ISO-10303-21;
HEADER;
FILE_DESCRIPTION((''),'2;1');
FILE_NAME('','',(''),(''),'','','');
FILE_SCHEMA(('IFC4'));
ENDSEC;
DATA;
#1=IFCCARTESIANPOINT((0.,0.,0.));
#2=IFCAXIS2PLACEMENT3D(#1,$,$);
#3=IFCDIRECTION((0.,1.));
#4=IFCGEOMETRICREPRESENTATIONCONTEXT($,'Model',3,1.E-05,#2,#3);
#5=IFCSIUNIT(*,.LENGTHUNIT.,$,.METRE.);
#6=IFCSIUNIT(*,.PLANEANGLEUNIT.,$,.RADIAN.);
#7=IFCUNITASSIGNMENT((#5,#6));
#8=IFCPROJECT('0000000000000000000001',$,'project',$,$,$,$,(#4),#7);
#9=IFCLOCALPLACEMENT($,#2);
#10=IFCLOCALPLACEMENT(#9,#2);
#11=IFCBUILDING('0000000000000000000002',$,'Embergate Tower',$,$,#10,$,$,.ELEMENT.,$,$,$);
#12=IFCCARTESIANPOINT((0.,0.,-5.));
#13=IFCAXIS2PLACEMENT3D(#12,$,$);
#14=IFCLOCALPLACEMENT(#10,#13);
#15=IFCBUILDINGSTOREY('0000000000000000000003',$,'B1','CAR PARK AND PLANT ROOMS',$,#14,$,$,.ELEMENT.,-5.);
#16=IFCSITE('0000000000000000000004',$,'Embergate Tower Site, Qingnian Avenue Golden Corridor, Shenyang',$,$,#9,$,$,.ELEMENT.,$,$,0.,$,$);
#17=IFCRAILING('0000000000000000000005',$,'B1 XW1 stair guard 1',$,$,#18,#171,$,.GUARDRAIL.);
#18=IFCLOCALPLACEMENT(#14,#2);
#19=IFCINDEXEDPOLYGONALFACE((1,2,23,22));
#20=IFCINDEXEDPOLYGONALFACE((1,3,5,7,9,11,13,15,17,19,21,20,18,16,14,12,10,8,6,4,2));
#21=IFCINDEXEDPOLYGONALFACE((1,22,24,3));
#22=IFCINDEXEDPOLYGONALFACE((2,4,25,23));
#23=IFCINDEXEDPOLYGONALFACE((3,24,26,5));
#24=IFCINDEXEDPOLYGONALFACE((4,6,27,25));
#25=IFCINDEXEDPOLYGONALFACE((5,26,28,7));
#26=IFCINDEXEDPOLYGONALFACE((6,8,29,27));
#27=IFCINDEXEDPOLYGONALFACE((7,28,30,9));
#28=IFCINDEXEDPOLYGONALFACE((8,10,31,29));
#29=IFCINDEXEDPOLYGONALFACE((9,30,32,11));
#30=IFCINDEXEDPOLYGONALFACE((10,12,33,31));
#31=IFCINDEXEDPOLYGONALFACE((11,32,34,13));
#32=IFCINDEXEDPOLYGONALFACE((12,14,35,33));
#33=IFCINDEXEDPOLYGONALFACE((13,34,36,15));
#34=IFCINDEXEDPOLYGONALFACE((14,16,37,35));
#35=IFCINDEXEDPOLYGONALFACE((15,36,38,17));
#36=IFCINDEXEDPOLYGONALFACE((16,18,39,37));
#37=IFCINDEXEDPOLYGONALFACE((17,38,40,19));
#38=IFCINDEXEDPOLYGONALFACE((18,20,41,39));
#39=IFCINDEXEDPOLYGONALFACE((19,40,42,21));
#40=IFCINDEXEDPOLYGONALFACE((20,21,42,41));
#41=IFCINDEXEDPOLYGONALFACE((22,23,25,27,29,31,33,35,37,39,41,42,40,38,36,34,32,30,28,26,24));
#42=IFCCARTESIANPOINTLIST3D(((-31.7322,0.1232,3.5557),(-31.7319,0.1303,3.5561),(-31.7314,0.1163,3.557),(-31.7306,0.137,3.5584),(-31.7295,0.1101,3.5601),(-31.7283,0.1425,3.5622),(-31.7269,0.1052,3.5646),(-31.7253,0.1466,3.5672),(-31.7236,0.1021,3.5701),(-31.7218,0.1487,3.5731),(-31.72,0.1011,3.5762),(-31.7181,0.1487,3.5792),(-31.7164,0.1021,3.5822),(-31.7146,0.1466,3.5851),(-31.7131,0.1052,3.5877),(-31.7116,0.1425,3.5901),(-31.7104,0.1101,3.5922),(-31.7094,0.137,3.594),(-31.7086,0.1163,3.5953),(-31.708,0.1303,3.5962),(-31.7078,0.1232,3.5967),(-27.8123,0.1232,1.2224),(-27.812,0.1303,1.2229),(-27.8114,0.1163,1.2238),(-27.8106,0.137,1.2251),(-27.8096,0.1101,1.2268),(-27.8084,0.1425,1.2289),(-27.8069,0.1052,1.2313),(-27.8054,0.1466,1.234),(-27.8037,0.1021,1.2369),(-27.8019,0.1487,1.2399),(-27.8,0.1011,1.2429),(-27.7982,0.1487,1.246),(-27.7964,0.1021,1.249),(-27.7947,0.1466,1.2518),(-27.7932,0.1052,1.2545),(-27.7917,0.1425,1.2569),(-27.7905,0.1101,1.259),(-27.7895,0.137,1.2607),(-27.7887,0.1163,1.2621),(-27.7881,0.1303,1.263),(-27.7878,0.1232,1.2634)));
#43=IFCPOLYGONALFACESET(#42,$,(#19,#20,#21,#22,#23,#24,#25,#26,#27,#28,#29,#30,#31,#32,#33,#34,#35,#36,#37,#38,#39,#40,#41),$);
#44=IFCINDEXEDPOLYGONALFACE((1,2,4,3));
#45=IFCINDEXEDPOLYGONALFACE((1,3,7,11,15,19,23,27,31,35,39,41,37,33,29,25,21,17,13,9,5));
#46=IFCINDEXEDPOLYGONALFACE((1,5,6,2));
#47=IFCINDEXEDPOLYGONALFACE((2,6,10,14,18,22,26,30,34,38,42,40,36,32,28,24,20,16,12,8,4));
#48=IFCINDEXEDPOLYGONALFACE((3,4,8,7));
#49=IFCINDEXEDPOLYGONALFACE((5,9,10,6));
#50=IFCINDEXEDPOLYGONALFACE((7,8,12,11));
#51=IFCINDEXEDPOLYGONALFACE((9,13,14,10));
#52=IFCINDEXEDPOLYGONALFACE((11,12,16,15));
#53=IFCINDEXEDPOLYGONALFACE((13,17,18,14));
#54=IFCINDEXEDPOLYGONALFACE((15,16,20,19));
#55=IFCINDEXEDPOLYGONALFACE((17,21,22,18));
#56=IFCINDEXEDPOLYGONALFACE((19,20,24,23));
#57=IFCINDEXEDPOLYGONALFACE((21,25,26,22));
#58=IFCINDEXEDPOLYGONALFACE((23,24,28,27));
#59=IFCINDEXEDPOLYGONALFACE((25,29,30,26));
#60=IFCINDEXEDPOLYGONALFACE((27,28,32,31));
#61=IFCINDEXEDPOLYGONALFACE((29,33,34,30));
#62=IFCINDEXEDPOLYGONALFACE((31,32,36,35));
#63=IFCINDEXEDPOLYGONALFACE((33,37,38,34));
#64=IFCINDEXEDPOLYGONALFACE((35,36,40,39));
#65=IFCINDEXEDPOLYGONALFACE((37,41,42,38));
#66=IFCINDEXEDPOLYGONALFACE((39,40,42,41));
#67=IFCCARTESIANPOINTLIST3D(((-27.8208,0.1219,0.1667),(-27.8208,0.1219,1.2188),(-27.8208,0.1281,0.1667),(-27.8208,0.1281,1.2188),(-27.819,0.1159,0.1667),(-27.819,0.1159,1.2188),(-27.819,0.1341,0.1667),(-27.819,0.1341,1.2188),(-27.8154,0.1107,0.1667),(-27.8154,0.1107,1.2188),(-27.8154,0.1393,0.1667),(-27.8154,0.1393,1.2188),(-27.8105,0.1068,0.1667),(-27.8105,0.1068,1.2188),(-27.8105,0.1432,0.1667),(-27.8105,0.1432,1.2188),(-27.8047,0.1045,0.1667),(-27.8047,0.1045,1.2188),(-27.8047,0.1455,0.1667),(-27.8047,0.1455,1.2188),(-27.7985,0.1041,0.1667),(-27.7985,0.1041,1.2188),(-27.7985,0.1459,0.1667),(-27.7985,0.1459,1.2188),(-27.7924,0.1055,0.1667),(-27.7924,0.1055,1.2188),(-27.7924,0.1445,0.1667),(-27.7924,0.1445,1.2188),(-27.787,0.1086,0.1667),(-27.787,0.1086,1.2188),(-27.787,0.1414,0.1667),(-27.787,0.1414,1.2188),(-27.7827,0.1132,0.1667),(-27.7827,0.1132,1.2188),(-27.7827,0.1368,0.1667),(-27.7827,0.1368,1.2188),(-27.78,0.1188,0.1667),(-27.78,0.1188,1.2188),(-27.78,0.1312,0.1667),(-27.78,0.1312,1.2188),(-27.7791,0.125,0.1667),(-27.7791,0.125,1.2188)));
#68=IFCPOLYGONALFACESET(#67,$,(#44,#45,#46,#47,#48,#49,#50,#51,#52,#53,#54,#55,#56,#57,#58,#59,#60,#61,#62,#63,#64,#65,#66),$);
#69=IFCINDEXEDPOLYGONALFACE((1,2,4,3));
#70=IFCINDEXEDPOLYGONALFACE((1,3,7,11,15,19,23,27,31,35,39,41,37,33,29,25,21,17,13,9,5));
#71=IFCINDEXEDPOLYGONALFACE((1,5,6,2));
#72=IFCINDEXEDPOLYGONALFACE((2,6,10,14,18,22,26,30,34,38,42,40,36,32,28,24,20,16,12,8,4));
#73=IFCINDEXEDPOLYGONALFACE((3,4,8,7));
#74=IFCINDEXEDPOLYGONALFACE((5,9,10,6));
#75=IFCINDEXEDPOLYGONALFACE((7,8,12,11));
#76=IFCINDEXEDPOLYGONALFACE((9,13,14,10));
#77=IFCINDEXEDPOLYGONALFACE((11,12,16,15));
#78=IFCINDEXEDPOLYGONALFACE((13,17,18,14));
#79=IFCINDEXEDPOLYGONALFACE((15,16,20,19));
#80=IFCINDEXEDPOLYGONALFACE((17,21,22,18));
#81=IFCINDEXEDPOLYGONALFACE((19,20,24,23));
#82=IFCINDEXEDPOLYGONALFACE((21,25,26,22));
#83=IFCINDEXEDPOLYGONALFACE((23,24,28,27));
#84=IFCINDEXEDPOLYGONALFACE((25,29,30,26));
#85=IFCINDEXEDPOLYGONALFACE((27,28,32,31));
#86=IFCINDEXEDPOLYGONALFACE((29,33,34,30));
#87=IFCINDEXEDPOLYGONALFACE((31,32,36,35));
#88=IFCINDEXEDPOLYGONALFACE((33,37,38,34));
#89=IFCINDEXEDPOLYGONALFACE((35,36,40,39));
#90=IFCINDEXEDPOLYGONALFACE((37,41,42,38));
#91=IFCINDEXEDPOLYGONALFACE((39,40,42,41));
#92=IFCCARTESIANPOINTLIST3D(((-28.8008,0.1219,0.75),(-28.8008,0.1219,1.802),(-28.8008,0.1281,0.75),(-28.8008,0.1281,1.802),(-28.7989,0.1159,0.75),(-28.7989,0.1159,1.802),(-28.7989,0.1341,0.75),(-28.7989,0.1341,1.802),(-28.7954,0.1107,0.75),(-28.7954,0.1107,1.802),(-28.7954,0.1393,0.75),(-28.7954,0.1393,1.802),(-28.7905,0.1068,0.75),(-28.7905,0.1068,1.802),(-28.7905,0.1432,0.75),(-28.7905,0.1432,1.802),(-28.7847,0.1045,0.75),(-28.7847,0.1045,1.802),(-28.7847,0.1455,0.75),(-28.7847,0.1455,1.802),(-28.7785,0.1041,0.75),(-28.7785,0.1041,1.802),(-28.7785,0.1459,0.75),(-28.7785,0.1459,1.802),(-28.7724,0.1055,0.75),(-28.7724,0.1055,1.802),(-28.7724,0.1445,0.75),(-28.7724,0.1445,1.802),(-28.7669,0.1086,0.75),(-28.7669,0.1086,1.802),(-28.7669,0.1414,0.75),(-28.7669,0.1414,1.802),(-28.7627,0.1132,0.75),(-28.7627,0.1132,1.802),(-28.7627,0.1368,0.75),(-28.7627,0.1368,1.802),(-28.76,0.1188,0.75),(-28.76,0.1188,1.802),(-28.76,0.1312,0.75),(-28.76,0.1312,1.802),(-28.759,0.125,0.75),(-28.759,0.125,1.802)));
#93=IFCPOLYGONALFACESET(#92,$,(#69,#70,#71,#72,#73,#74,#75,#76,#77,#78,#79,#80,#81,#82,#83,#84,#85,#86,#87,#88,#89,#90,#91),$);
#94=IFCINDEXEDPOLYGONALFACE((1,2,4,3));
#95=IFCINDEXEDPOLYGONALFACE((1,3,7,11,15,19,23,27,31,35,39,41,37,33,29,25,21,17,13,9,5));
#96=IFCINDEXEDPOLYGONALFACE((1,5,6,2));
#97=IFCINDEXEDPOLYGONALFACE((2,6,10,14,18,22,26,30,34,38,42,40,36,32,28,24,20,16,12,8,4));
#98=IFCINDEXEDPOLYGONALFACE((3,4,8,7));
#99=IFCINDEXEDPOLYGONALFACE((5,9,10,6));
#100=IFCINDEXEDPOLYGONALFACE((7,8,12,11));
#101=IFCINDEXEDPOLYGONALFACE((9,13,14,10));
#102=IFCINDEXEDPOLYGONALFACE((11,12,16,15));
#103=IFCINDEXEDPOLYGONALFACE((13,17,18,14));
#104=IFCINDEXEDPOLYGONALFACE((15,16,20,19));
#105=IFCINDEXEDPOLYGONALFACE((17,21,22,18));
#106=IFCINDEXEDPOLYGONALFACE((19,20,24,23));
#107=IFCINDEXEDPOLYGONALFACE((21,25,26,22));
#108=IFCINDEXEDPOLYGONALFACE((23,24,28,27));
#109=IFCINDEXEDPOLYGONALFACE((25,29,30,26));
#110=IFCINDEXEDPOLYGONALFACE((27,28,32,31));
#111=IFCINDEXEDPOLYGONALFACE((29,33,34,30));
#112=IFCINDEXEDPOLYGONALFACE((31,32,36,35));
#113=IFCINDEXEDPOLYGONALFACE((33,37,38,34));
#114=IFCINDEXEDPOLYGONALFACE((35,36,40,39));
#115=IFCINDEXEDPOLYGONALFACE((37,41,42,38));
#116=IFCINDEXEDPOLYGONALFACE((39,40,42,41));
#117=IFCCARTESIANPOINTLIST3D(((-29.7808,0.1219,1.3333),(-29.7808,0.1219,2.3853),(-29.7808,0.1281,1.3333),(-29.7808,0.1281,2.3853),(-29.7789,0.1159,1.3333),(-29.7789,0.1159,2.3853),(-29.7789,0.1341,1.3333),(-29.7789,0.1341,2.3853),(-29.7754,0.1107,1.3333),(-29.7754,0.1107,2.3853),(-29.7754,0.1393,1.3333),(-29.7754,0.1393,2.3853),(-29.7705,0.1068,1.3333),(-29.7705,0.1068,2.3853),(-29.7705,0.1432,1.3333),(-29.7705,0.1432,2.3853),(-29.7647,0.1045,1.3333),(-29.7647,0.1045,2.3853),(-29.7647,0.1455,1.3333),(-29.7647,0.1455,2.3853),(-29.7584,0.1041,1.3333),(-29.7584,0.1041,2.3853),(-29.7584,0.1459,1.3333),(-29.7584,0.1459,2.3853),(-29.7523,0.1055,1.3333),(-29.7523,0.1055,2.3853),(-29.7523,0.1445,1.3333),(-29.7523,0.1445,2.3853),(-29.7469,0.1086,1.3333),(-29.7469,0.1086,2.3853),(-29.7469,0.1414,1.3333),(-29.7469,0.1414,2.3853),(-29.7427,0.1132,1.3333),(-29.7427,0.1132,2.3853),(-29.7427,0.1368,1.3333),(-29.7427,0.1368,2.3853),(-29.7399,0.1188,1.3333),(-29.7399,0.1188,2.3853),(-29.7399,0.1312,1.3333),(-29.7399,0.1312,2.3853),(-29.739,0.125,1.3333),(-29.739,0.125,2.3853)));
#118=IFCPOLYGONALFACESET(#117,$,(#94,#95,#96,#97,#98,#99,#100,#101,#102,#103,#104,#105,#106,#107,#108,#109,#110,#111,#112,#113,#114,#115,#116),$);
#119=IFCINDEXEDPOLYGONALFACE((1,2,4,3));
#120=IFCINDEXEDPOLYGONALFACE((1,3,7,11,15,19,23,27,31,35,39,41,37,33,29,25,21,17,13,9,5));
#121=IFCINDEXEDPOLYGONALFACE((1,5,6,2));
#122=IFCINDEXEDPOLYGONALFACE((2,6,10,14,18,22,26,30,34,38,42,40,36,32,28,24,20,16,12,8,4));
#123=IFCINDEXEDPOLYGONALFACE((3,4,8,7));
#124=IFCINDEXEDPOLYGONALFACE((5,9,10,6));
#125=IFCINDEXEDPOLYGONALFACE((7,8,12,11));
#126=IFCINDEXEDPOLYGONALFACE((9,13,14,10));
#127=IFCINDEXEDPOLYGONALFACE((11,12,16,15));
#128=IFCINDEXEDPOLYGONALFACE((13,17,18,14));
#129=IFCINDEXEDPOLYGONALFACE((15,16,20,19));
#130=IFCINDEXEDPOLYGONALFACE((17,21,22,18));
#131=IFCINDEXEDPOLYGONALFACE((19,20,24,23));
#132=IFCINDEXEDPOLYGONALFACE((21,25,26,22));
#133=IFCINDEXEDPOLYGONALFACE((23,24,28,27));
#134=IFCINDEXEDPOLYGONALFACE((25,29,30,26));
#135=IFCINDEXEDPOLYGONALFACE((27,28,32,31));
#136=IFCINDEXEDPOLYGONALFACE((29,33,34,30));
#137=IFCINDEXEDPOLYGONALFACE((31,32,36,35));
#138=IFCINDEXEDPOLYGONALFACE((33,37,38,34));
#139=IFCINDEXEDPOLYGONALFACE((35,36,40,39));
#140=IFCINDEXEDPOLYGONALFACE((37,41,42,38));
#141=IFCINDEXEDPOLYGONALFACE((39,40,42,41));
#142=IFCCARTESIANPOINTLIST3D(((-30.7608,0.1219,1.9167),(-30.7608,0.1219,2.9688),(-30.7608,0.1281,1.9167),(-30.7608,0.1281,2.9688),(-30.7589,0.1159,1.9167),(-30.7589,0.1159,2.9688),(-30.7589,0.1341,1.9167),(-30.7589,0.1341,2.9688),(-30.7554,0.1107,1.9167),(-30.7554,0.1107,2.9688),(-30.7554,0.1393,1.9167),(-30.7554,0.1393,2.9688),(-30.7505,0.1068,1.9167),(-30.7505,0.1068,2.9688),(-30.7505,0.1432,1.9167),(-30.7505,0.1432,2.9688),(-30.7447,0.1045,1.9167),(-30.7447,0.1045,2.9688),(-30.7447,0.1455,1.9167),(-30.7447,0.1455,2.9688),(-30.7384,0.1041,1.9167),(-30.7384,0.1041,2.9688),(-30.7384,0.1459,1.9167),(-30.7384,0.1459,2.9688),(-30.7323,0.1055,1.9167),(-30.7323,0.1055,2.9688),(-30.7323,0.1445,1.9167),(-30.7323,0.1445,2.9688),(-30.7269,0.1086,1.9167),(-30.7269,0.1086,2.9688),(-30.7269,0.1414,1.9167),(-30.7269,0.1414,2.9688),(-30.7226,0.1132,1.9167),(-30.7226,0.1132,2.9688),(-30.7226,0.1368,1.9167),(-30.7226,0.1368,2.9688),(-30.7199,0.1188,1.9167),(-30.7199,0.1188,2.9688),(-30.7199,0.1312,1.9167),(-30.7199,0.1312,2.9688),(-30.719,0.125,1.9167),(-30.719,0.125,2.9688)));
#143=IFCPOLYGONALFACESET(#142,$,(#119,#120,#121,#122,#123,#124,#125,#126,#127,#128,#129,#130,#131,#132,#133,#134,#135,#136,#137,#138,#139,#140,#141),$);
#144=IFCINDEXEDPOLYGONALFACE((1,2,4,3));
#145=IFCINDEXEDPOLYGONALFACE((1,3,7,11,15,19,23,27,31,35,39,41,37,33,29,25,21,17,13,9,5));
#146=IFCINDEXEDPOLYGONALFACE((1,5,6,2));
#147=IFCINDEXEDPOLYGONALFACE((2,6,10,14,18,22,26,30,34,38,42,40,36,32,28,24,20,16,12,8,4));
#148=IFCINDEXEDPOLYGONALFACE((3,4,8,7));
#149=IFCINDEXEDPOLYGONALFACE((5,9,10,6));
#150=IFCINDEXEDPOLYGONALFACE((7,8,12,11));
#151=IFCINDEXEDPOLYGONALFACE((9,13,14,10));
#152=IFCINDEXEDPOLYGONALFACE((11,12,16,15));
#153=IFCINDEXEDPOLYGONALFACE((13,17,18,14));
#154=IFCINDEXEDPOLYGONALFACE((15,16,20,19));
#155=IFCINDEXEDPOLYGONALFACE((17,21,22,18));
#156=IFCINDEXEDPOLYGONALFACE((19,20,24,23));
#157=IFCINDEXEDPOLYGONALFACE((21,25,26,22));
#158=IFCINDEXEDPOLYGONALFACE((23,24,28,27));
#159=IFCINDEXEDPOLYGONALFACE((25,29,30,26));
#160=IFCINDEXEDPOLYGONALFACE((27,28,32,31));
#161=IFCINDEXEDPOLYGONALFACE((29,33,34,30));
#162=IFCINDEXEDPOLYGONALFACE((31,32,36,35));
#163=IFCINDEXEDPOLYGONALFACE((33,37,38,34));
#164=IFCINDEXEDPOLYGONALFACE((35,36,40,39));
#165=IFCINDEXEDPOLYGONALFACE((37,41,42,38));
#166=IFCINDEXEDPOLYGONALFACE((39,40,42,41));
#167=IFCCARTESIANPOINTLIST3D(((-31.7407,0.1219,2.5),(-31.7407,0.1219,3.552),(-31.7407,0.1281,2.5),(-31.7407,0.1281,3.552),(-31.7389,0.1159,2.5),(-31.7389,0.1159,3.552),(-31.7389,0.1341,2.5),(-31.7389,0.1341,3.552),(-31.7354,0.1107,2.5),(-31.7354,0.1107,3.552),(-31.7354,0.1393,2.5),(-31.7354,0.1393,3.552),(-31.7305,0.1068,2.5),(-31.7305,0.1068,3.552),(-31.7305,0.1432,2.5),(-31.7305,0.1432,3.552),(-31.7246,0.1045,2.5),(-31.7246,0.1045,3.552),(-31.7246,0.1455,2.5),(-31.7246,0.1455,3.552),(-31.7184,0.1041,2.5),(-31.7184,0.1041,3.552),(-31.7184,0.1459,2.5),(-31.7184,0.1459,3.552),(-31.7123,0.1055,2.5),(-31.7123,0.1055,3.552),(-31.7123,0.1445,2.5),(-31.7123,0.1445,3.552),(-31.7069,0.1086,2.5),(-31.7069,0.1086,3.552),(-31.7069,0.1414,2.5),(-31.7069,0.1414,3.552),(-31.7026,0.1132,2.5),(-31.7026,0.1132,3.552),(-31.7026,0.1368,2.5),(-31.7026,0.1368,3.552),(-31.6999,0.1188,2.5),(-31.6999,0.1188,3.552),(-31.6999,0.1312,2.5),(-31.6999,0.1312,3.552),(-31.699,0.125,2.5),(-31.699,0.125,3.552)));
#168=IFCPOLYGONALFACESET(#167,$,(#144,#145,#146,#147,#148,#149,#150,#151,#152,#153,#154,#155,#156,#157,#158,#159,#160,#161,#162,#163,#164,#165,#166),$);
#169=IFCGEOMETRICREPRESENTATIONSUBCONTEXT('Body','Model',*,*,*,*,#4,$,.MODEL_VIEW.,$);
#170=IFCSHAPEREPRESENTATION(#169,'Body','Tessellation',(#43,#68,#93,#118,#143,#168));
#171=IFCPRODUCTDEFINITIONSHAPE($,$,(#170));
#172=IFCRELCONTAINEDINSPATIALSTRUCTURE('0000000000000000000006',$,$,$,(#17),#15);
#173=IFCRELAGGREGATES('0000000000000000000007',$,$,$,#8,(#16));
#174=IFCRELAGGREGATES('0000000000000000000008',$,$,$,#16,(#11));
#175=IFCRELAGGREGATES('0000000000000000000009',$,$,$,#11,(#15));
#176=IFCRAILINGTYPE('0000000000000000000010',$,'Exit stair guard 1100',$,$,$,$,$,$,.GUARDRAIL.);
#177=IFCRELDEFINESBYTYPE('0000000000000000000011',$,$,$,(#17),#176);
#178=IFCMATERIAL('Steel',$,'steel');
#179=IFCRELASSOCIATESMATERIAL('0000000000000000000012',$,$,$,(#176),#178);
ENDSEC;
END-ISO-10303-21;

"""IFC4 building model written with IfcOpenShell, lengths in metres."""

from ifc_helpers import new_model, si_unit, direction, frame, origin, origin_2d, place, context, subcontext, project, spatial, circle, extrude, source, transform, mapped, material, type_object, element, save


model = new_model("IFC4")

# Units and contexts
model_context = context("Model", 3, precision=1e-05, world=origin(), true_north=direction((0.0, 1.0)))
body_context = subcontext(model_context, "Body", "Model", "MODEL_VIEW")
ifc_project = project(units=[si_unit("LENGTHUNIT", "METRE"), si_unit("PLANEANGLEUNIT", "RADIAN")], contexts=[model_context])

# Site, building, storey
site_placement = place(None, origin())
site = spatial("IfcSite", under=ifc_project, at=site_placement, Name="Embergate Tower Site, Qingnian Avenue Golden Corridor, Shenyang", CompositionType="ELEMENT", RefElevation=0.0)
building_placement = place(site_placement, origin())
building = spatial("IfcBuilding", under=site, at=building_placement, Name="Embergate Tower", CompositionType="ELEMENT")
storey_placement = place(building_placement, frame((0.0, 0.0, -5.0)))
storey = spatial("IfcBuildingStorey", under=building, at=storey_placement, Name="B1", Description="CAR PARK AND PLANT ROOMS", CompositionType="ELEMENT", Elevation=-5.0)

# Railing
ifc_material_1 = material(Name="Steel", Category="steel")
railing_type_1 = type_object("IfcRailingType", Name="Exit stair guard 1100", PredefinedType="GUARDRAIL", material=ifc_material_1)
shared_shape_1 = source(origin(), body_context, "Body", "SweptSolid", [
    extrude(circle(Radius=0.0239, at=origin_2d()), frame((0.0, 0.0, 1.0762), z_axis=(-0.859296, 0.0, 0.511478), x_axis=(0.0, -1.0, 0.0)), (0.0, 0.0, 1.0), 4.5618),
    extrude(circle(Radius=0.021, at=origin_2d()), origin(), (0.0, 0.0, 1.0), 1.052),
    extrude(circle(Radius=0.021, at=origin_2d()), frame((-0.98, 0.0, 0.5833)), (0.0, 0.0, 1.0), 1.052),
    extrude(circle(Radius=0.021, at=origin_2d()), frame((-1.96, 0.0, 1.1665)), (0.0, 0.0, 1.0), 1.052),
    extrude(circle(Radius=0.021, at=origin_2d()), frame((-2.9399, 0.0, 1.75)), (0.0, 0.0, 1.0), 1.052),
    extrude(circle(Radius=0.021, at=origin_2d()), frame((-3.9199, 0.0, 2.3333)), (0.0, 0.0, 1.0), 1.052),
])
railing_1_placement = place(storey_placement, frame((-27.8, 0.125, 0.1667)))
element("IfcRailing", 1, at=railing_1_placement, inside=storey, type_object=railing_type_1, Name="B1 XW1 stair guard 1", PredefinedType="GUARDRAIL", context=body_context, shape_type="MappedRepresentation", body=[
    mapped(shared_shape_1, transform((0.0, 0.0, 0.0))),
])

save(model, "model.ifc")
